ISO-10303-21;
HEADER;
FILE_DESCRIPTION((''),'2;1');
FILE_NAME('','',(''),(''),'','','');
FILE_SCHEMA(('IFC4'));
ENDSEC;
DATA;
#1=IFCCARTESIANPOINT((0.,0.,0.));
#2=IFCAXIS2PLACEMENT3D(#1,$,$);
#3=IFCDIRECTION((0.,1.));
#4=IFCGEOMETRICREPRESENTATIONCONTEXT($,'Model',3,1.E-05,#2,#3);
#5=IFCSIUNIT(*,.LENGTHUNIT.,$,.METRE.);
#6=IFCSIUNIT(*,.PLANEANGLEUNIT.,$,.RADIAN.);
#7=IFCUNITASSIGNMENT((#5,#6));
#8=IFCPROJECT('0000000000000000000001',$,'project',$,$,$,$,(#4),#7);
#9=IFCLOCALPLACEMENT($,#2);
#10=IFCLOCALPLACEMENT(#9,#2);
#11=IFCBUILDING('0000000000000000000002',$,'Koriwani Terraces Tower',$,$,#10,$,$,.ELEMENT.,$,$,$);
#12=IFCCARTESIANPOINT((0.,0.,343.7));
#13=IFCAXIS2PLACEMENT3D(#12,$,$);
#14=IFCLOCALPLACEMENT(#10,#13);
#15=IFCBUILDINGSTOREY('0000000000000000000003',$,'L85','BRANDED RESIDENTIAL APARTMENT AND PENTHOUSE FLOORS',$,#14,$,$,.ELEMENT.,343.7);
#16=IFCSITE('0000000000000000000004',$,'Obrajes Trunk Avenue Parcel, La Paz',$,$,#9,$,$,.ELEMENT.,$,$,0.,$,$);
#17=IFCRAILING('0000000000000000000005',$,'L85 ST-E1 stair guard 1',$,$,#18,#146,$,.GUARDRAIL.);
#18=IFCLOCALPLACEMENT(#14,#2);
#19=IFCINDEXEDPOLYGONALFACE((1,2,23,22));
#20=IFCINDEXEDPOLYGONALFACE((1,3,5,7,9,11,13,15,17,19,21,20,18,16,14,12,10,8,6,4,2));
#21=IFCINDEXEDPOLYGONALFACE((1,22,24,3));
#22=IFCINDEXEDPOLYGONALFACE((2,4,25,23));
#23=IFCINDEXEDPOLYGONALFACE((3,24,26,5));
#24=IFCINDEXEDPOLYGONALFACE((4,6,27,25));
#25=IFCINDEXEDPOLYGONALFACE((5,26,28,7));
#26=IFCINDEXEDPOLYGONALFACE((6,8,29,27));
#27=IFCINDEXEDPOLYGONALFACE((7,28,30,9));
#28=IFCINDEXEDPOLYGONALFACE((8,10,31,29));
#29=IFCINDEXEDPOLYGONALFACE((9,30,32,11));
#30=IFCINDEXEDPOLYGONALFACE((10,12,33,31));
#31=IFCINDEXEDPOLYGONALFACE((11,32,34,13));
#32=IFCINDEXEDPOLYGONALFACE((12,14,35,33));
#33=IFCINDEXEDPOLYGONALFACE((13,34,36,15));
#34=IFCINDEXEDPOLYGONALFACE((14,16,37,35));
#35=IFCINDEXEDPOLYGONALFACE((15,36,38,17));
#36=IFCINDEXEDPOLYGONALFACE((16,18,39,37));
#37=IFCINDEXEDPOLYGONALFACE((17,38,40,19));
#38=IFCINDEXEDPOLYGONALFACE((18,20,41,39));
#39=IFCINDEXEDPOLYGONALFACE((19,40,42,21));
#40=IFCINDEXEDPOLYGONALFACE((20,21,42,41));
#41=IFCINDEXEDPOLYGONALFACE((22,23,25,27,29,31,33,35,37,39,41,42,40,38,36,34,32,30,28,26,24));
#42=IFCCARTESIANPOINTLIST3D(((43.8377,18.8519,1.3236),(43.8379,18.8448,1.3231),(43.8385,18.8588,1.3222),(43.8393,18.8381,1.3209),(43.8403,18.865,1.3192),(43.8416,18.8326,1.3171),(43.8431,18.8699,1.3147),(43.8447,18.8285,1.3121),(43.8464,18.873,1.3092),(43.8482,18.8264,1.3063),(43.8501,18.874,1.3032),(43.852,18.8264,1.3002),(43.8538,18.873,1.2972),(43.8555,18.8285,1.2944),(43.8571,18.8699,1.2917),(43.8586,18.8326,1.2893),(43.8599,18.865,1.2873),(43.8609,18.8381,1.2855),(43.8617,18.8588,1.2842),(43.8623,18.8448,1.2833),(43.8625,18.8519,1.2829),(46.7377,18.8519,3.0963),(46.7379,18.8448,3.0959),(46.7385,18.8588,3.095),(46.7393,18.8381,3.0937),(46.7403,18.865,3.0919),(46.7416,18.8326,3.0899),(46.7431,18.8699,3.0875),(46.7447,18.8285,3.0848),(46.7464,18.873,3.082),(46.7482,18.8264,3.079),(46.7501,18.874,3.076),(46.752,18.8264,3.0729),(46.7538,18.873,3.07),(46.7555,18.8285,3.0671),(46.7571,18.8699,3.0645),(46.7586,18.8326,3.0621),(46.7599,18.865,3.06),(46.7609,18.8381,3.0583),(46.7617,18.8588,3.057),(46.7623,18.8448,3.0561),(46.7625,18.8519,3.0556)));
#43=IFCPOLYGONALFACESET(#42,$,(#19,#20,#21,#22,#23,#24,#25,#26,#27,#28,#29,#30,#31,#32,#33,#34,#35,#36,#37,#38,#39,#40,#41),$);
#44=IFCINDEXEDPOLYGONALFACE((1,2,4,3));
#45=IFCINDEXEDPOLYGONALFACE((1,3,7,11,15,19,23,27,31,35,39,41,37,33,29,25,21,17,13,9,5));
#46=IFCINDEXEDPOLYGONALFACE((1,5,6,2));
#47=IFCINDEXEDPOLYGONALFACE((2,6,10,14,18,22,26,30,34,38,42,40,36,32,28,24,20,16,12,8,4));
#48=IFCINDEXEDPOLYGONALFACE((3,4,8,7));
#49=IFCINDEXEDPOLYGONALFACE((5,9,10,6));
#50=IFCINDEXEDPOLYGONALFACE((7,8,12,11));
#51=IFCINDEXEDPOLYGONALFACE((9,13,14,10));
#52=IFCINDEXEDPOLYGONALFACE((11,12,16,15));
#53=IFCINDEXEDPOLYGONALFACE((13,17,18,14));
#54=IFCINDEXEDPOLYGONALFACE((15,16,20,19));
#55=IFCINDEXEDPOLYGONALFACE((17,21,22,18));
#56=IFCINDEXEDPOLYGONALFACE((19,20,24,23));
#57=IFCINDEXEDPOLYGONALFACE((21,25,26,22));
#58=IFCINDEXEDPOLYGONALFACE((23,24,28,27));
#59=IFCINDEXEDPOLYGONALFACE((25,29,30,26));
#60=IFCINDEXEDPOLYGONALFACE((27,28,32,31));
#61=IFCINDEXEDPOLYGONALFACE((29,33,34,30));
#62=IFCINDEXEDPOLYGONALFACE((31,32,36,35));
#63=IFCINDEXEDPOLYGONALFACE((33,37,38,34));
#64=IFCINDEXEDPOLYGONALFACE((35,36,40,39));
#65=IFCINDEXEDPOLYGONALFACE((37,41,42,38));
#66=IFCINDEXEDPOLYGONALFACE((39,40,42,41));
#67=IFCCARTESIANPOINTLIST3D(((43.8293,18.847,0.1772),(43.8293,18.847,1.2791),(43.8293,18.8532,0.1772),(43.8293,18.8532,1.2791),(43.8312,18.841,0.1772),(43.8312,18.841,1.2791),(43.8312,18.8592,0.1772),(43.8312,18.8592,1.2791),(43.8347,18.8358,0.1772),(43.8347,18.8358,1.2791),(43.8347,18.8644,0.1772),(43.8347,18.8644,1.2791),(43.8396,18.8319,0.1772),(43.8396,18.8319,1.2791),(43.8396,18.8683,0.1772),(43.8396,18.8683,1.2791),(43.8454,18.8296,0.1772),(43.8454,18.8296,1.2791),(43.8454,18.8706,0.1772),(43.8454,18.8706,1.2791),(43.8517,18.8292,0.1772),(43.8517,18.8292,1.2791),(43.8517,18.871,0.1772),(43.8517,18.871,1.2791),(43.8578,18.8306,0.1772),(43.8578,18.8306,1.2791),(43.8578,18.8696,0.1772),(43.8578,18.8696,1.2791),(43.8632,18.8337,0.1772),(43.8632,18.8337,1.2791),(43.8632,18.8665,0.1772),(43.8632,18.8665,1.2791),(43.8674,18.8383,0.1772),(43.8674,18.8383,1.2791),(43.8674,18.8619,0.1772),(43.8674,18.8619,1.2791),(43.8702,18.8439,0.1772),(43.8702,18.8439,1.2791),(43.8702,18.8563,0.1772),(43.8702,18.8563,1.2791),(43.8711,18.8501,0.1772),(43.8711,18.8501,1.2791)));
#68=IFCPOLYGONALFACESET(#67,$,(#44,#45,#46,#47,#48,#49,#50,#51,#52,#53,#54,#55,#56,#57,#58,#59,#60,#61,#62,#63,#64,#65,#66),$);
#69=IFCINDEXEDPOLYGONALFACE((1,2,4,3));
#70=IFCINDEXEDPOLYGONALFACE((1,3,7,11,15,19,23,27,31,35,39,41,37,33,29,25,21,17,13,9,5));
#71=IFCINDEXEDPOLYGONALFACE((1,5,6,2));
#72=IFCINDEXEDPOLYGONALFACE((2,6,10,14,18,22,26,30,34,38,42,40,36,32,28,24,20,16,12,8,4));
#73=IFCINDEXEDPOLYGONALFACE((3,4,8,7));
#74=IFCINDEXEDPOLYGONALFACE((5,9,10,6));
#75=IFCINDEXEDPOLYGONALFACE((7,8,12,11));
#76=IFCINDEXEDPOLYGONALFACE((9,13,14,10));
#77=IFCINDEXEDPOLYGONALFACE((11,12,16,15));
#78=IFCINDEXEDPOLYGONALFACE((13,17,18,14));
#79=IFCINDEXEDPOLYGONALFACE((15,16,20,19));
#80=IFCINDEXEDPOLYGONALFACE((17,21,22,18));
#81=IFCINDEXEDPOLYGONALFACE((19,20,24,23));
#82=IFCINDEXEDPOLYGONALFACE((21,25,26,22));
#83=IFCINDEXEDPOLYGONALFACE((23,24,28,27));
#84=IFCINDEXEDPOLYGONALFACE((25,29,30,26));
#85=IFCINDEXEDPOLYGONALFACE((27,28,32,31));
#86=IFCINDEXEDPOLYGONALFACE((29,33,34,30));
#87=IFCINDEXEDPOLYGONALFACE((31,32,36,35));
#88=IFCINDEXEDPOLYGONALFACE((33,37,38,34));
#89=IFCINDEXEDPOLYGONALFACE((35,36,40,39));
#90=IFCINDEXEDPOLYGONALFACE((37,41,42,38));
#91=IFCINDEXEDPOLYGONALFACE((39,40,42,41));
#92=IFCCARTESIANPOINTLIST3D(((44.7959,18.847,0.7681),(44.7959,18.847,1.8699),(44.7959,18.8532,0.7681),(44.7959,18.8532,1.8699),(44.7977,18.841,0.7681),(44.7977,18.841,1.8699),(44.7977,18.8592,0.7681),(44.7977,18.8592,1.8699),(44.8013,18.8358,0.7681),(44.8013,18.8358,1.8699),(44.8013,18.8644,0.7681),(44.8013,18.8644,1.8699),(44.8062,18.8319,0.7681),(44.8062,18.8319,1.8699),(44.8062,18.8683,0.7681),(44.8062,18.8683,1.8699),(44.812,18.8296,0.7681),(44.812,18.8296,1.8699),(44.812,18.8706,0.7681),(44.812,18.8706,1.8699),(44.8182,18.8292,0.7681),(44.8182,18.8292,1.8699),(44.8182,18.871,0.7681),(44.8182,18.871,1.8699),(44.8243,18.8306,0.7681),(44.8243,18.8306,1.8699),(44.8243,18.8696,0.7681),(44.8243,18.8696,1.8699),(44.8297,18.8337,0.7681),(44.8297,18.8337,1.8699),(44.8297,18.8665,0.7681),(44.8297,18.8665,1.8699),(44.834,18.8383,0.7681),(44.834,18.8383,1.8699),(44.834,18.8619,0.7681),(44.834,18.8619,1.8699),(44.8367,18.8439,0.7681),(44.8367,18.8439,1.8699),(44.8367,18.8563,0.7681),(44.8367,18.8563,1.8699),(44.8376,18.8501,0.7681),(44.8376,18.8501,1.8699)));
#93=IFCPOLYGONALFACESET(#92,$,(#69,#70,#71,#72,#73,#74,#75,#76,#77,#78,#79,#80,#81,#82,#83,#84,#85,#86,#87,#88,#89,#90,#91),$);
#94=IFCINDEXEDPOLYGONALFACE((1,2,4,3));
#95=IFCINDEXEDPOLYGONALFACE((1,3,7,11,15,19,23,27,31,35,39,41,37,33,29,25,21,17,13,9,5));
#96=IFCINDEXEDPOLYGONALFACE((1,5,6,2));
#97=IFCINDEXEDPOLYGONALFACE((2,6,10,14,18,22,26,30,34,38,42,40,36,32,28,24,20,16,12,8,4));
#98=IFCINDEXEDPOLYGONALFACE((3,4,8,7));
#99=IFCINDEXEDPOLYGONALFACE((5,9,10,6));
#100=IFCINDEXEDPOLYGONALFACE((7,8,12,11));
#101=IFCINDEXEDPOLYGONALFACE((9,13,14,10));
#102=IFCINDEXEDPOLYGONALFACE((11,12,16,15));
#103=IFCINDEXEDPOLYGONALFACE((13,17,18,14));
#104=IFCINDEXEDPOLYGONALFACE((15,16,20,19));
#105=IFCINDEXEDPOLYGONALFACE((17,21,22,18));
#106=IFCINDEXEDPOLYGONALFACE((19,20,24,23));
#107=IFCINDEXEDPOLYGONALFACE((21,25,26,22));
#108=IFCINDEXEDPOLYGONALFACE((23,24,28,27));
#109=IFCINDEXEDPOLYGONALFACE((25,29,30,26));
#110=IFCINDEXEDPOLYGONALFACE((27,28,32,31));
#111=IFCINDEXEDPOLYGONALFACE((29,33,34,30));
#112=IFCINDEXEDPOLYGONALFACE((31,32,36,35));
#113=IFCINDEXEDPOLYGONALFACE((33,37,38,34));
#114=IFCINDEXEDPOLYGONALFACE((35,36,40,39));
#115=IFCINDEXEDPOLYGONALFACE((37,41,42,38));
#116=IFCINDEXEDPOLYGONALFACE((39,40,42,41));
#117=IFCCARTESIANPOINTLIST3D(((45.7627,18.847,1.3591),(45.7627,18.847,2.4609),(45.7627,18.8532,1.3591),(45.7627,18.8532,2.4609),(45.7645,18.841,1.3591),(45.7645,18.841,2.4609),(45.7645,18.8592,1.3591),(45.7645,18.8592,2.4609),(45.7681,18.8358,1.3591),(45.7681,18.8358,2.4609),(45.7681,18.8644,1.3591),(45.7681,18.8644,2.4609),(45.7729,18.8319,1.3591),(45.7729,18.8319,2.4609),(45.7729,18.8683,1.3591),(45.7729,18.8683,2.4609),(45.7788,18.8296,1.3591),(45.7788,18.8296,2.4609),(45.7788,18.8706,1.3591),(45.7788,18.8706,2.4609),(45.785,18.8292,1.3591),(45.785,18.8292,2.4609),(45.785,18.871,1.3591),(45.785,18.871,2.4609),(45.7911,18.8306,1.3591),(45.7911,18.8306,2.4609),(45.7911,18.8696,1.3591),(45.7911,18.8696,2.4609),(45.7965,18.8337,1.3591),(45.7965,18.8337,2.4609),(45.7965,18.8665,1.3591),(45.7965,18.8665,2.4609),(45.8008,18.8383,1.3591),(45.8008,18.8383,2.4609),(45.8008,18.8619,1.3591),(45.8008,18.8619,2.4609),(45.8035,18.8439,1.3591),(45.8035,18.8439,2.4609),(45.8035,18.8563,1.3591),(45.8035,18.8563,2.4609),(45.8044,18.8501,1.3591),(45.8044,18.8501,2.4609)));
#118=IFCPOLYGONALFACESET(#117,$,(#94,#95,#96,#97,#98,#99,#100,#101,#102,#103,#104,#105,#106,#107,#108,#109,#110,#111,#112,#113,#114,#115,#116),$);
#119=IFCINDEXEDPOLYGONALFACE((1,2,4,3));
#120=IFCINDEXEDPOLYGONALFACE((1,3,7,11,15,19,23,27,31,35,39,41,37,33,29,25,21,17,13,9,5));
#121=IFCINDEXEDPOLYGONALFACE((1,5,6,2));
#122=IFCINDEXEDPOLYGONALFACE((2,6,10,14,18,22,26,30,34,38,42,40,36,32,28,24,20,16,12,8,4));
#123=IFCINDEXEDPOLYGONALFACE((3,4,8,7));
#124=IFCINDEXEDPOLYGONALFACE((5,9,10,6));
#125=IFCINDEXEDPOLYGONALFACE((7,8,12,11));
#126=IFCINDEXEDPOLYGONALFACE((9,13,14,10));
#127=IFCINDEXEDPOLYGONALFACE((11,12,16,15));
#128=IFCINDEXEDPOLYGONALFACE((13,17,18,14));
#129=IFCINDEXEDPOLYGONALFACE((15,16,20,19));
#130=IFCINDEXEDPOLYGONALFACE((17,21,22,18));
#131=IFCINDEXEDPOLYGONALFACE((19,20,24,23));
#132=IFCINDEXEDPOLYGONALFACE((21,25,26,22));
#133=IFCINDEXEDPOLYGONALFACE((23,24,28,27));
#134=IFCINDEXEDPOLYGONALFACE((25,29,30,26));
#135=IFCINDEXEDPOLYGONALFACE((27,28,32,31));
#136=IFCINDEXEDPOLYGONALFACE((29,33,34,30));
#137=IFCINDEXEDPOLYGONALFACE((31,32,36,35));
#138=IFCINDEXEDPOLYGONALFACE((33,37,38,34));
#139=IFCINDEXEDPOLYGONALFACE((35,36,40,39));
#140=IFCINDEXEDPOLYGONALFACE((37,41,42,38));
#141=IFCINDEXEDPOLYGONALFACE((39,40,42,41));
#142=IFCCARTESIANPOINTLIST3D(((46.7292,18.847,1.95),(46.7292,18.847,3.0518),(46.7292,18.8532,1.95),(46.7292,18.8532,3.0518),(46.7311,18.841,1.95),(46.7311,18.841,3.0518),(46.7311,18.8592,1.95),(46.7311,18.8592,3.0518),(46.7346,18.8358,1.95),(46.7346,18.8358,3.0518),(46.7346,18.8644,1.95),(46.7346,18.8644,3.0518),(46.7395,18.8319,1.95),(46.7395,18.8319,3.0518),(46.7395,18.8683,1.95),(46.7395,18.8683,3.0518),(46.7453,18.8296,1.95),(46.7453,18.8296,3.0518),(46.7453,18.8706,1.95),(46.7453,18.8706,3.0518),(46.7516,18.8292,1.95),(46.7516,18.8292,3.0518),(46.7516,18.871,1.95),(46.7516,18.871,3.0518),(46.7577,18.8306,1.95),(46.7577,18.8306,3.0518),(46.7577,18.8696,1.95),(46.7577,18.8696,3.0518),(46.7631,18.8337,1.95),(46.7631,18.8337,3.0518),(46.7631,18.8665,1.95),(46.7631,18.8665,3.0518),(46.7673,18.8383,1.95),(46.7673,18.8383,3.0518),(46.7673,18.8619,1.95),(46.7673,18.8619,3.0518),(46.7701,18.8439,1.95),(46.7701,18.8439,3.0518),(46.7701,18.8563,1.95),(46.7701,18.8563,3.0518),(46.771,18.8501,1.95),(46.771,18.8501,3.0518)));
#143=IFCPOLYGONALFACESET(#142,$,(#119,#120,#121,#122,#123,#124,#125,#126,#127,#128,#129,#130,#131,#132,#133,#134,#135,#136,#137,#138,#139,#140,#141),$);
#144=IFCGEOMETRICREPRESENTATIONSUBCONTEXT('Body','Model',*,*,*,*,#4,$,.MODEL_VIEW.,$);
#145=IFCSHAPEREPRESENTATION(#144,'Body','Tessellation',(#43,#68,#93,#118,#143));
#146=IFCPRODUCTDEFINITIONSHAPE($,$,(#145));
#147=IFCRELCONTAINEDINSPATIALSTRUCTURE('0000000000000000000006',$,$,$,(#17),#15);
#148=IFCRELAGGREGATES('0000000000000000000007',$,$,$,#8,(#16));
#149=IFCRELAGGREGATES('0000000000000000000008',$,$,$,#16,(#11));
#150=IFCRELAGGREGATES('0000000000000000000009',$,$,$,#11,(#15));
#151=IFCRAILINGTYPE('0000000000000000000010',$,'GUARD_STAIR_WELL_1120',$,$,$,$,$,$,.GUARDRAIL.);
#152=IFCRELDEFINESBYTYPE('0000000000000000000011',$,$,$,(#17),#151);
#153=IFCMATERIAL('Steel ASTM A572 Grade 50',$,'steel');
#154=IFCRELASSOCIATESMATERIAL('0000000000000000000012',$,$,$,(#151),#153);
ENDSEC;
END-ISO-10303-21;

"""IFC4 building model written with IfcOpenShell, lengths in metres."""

from ifc_helpers import new_model, si_unit, direction, frame, origin, origin_2d, place, context, subcontext, project, spatial, circle, extrude, material, type_object, element, save


model = new_model("IFC4")

# Units and contexts
model_context = context("Model", 3, precision=1e-05, world=origin(), true_north=direction((0.0, 1.0)))
body_context = subcontext(model_context, "Body", "Model", "MODEL_VIEW")
ifc_project = project(units=[si_unit("LENGTHUNIT", "METRE"), si_unit("PLANEANGLEUNIT", "RADIAN")], contexts=[model_context])

# Site, building, storey
site_placement = place(None, origin())
site = spatial("IfcSite", under=ifc_project, at=site_placement, Name="Obrajes Trunk Avenue Parcel, La Paz", CompositionType="ELEMENT", RefElevation=0.0)
building_placement = place(site_placement, origin())
building = spatial("IfcBuilding", under=site, at=building_placement, Name="Koriwani Terraces Tower", CompositionType="ELEMENT")
storey_placement = place(building_placement, frame((0.0, 0.0, 343.7)))
storey = spatial("IfcBuildingStorey", under=building, at=storey_placement, Name="L85", Description="BRANDED RESIDENTIAL APARTMENT AND PENTHOUSE FLOORS", CompositionType="ELEMENT", Elevation=343.7)

# Railing
ifc_material_1 = material(Name="Steel ASTM A572 Grade 50", Category="steel")
railing_type_1 = type_object("IfcRailingType", Name="GUARD_STAIR_WELL_1120", PredefinedType="GUARDRAIL", material=ifc_material_1)
railing_1_placement = place(storey_placement, frame((43.8501, 18.8501, 0.1772)))
element("IfcRailing", 1, at=railing_1_placement, inside=storey, type_object=railing_type_1, Name="L85 ST-E1 stair guard 1", PredefinedType="GUARDRAIL", context=body_context, shape_type="SweptSolid", body=[
    extrude(circle(Radius=0.0239, at=origin_2d()), frame((0.0, 0.0, 1.126), z_axis=(0.853211, 0.0, 0.521566), x_axis=(0.0, 1.0, 0.0)), (0.0, 0.0, 1.0), 3.3989),
    extrude(circle(Radius=0.021, at=origin_2d()), origin(), (0.0, 0.0, 1.0), 1.1018),
    extrude(circle(Radius=0.021, at=origin_2d()), frame((0.9666, 0.0, 0.5908)), (0.0, 0.0, 1.0), 1.1018),
    extrude(circle(Radius=0.021, at=origin_2d()), frame((1.9333, 0.0, 1.1819)), (0.0, 0.0, 1.0), 1.1018),
    extrude(circle(Radius=0.021, at=origin_2d()), frame((2.8999, 0.0, 1.7727)), (0.0, 0.0, 1.0), 1.1018),
])

save(model, "model.ifc")
